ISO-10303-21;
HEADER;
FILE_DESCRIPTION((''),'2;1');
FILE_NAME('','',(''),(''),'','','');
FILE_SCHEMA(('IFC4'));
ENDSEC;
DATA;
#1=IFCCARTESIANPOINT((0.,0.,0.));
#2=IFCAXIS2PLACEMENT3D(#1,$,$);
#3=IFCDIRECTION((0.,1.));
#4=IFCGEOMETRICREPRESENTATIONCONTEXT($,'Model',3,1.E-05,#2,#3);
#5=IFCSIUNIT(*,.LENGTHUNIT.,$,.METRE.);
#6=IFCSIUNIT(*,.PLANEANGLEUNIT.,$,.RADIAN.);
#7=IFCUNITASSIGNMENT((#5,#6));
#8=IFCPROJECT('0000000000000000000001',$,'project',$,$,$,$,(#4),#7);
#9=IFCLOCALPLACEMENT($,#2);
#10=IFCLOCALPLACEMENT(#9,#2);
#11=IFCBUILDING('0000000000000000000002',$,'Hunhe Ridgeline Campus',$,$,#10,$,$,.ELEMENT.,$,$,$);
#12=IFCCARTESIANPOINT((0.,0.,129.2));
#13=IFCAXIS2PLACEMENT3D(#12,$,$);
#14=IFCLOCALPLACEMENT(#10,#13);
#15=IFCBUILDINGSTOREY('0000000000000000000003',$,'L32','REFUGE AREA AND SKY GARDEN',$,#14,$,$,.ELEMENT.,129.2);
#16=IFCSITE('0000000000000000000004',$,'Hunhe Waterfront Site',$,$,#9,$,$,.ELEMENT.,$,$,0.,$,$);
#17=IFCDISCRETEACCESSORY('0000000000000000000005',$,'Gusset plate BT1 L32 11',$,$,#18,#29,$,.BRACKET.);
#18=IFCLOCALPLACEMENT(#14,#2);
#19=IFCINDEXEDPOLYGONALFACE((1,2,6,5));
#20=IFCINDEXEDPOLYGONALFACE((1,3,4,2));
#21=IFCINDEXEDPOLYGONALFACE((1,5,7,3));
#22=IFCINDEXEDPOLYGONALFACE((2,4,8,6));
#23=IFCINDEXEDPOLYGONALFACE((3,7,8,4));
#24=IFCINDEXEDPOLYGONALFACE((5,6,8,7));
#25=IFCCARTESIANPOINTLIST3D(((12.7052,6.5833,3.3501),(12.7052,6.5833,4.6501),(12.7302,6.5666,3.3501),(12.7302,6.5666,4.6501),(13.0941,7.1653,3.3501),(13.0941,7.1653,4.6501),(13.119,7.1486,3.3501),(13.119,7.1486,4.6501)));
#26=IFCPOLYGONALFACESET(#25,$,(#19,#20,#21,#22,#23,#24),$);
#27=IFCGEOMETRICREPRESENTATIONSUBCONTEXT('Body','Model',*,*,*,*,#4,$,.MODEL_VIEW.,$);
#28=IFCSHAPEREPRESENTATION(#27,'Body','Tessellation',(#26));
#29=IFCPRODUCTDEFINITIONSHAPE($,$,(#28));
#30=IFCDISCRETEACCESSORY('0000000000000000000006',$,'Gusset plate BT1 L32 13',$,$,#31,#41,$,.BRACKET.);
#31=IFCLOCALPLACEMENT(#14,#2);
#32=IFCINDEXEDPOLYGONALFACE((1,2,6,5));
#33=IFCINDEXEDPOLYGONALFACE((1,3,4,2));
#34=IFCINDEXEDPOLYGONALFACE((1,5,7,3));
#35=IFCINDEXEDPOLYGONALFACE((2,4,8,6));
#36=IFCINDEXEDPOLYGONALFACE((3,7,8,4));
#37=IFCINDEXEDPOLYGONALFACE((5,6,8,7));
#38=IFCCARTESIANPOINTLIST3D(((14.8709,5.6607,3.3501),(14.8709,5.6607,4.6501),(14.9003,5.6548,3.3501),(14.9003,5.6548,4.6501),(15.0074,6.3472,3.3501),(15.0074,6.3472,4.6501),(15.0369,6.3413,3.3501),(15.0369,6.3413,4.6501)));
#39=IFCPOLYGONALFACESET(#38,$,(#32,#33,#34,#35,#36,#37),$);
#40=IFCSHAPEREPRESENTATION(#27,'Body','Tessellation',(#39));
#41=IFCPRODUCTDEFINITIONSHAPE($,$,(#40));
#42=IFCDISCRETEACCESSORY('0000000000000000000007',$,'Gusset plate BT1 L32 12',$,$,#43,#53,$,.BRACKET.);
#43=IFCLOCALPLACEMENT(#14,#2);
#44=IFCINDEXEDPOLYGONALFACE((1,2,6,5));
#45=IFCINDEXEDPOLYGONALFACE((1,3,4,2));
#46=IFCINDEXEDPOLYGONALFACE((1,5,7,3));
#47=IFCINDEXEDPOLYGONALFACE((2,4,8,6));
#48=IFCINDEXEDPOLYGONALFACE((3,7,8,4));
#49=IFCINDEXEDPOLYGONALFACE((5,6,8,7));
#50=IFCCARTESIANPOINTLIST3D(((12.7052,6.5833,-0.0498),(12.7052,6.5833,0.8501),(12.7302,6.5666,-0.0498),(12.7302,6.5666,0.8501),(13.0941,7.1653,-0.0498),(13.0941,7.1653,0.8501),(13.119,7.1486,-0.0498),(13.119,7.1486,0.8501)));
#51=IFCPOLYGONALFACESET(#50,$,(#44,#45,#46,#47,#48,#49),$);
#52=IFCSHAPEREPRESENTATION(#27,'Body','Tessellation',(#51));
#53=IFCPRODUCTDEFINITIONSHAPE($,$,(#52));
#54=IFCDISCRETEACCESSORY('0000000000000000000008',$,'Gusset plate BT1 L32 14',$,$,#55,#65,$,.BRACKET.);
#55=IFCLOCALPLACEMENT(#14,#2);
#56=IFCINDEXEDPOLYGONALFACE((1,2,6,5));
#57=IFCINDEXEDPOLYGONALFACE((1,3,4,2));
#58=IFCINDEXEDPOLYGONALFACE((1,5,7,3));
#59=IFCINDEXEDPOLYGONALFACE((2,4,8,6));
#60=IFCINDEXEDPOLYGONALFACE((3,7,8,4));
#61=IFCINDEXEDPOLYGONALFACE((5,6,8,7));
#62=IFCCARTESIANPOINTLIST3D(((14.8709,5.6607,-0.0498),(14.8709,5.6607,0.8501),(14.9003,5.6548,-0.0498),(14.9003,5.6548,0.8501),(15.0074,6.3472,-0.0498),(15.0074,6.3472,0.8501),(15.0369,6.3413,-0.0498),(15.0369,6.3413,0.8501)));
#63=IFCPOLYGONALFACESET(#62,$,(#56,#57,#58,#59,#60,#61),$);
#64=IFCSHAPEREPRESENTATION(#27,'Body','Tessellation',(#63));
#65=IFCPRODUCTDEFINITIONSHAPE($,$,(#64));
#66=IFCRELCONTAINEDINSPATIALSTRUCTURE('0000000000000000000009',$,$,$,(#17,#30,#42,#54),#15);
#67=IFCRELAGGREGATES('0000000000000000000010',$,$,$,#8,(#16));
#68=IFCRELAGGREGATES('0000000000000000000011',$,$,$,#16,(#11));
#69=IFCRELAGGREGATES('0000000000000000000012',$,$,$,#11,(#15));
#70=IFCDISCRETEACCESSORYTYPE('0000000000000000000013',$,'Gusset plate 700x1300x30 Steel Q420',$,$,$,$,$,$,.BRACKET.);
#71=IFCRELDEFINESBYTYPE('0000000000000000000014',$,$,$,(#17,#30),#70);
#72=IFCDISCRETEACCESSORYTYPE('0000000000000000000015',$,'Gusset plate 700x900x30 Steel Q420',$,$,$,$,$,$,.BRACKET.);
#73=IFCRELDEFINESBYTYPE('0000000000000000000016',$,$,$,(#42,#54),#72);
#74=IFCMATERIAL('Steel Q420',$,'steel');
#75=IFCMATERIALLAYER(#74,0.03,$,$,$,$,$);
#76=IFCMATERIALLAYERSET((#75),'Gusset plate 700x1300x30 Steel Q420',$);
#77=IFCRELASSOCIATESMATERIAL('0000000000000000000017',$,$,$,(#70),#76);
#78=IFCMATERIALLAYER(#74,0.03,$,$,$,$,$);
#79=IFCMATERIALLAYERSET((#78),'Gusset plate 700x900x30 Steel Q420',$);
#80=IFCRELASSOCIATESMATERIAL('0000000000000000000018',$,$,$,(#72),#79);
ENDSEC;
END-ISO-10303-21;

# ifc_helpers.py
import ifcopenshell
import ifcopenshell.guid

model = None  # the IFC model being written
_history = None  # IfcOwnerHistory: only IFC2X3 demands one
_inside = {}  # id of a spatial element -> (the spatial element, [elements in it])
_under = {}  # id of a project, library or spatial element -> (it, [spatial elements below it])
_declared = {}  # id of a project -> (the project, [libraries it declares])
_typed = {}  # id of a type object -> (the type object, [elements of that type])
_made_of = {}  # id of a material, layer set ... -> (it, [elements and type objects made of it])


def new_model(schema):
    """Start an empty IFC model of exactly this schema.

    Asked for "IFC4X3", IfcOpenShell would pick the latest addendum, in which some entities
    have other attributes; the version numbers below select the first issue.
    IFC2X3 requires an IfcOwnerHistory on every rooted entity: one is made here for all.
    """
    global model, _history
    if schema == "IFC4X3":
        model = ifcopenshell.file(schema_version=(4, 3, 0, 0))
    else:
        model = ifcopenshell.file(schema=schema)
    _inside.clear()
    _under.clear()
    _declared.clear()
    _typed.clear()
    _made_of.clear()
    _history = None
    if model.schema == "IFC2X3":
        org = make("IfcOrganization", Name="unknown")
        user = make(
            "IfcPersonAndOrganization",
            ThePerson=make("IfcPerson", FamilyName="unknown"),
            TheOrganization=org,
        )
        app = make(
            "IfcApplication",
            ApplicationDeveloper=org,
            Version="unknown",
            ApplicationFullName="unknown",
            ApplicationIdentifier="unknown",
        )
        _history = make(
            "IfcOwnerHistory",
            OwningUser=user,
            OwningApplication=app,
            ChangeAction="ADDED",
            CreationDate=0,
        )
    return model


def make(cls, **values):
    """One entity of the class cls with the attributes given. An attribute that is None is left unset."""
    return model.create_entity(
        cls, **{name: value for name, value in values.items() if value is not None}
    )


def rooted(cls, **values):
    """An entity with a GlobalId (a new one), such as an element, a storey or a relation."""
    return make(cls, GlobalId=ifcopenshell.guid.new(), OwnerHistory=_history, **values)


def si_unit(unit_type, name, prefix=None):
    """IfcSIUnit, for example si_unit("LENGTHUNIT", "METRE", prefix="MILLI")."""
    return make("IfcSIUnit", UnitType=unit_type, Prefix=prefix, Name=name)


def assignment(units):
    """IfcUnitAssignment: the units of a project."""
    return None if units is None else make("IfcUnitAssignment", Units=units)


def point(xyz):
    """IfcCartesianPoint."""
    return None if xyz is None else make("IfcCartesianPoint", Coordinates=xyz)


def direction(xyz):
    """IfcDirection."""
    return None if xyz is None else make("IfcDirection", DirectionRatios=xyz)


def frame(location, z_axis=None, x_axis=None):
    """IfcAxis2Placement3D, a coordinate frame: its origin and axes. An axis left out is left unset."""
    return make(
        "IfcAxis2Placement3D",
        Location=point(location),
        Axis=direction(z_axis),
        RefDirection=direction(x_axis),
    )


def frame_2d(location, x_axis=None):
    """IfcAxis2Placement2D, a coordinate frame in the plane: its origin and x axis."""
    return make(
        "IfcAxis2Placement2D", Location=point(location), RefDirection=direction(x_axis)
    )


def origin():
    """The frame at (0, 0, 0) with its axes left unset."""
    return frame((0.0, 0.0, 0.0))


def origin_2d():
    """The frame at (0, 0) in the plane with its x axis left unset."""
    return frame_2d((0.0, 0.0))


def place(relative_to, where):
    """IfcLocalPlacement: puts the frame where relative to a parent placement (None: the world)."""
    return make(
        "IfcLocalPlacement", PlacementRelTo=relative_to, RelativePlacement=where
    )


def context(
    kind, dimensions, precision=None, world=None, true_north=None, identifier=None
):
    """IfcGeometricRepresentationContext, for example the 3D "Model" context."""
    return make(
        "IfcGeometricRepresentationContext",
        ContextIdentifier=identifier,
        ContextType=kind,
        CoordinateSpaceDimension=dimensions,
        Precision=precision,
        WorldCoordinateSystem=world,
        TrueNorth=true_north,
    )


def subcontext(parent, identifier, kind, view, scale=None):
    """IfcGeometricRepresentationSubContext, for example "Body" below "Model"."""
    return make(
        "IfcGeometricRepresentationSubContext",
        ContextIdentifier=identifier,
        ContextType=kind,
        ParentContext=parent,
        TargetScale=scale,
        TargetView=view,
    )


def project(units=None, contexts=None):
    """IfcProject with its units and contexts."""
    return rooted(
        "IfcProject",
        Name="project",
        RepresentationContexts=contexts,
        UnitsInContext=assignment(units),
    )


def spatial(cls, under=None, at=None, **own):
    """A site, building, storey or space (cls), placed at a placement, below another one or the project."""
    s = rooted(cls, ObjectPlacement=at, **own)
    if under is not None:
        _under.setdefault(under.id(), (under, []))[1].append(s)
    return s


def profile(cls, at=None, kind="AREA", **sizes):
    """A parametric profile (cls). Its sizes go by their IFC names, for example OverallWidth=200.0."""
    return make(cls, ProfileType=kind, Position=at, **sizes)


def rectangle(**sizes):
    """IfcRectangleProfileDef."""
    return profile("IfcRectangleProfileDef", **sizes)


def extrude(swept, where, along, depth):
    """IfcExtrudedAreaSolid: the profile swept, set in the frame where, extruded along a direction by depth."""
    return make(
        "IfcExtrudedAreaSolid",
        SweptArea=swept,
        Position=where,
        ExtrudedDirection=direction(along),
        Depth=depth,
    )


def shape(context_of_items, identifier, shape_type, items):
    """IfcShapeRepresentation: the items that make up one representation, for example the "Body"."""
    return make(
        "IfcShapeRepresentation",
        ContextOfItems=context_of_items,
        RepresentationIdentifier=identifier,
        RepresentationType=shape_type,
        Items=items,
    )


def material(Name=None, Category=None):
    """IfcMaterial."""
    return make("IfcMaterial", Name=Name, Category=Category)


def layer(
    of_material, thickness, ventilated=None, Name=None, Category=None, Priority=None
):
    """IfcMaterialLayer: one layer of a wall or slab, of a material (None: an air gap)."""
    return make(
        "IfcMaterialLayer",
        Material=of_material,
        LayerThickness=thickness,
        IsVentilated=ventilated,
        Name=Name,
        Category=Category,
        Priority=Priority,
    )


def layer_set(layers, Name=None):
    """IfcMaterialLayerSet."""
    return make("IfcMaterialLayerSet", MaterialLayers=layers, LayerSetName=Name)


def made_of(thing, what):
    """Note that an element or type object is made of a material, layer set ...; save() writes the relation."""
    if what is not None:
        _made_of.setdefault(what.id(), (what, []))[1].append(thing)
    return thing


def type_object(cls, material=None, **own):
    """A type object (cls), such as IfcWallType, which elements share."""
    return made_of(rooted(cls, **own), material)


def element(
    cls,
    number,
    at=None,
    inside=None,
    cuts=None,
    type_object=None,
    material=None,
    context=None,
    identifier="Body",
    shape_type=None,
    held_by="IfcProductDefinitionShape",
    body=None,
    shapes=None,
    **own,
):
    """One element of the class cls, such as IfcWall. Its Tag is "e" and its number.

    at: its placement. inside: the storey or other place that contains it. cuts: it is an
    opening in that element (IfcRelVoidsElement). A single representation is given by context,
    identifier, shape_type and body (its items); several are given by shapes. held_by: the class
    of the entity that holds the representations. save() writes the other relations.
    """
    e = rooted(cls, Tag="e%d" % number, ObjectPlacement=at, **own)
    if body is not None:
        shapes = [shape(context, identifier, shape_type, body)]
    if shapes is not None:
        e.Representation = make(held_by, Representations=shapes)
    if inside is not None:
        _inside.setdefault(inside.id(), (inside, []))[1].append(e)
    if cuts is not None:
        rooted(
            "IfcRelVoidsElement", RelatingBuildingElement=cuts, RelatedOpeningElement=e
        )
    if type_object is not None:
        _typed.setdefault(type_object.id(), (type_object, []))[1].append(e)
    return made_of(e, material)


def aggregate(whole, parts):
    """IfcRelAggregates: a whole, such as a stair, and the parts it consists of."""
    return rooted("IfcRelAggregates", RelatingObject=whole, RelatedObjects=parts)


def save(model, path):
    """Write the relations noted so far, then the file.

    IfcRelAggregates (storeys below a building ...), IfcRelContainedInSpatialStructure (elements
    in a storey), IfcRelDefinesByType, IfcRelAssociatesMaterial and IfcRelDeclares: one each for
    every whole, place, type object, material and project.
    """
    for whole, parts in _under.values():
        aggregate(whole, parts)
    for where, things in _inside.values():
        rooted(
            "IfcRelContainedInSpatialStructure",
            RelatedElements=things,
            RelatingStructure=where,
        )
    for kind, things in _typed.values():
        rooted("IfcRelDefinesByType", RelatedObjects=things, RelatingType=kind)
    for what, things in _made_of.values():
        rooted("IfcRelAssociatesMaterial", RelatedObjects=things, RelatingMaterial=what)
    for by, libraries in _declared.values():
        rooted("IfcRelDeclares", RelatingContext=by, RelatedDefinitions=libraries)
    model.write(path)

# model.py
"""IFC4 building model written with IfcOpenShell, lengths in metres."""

from ifc_helpers import new_model, si_unit, direction, frame, origin, origin_2d, place, context, subcontext, project, spatial, rectangle, extrude, material, layer, layer_set, type_object, element, save


model = new_model("IFC4")

# Units and contexts
model_context = context("Model", 3, precision=1e-05, world=origin(), true_north=direction((0.0, 1.0)))
body_context = subcontext(model_context, "Body", "Model", "MODEL_VIEW")
ifc_project = project(units=[si_unit("LENGTHUNIT", "METRE"), si_unit("PLANEANGLEUNIT", "RADIAN")], contexts=[model_context])

# Site, building, storey
site_placement = place(None, origin())
site = spatial("IfcSite", under=ifc_project, at=site_placement, Name="Hunhe Waterfront Site", CompositionType="ELEMENT", RefElevation=0.0)
building_placement = place(site_placement, origin())
building = spatial("IfcBuilding", under=site, at=building_placement, Name="Hunhe Ridgeline Campus", CompositionType="ELEMENT")
storey_placement = place(building_placement, frame((0.0, 0.0, 129.2)))
storey = spatial("IfcBuildingStorey", under=building, at=storey_placement, Name="L32", Description="REFUGE AREA AND SKY GARDEN", CompositionType="ELEMENT", Elevation=129.2)

# Shared definitions
ifc_material_1 = material(Name="Steel Q420", Category="steel")

# Discrete accessories
ifc_layer_1 = layer(ifc_material_1, 0.03)
ifc_layer_set_1 = layer_set([ifc_layer_1], Name="Gusset plate 700x1300x30 Steel Q420")
discrete_accessory_type_1 = type_object("IfcDiscreteAccessoryType", Name="Gusset plate 700x1300x30 Steel Q420", PredefinedType="BRACKET", material=ifc_layer_set_1)
for number, where, z_axis, x_axis, name in (
    (1, (12.9121, 6.866, 3.3501), (0.0, 0.0, 1.0), (0.83147, -0.55557, 0.0), "Gusset plate BT1 L32 11"),
    (2, (14.9539, 6.001, 3.3501), (0.0, 0.0, 1.0), (-0.980785, 0.19509, 0.0), "Gusset plate BT1 L32 13"),
):
    element("IfcDiscreteAccessory", number, at=place(storey_placement, frame(where, z_axis=z_axis, x_axis=x_axis)), inside=storey, type_object=discrete_accessory_type_1, Name=name, PredefinedType="BRACKET", context=body_context, shape_type="SweptSolid", body=[
        extrude(rectangle(XDim=0.03, YDim=0.7, at=origin_2d()), origin(), (0.0, 0.0, 1.0), 1.3),
    ])
ifc_layer_2 = layer(ifc_material_1, 0.03)
ifc_layer_set_2 = layer_set([ifc_layer_2], Name="Gusset plate 700x900x30 Steel Q420")
discrete_accessory_type_2 = type_object("IfcDiscreteAccessoryType", Name="Gusset plate 700x900x30 Steel Q420", PredefinedType="BRACKET", material=ifc_layer_set_2)
for number, where, z_axis, x_axis, name in (
    (3, (12.9121, 6.866, -0.0498), (0.0, 0.0, 1.0), (0.83147, -0.55557, 0.0), "Gusset plate BT1 L32 12"),
    (4, (14.9539, 6.001, -0.0498), (0.0, 0.0, 1.0), (-0.980785, 0.19509, 0.0), "Gusset plate BT1 L32 14"),
):
    element("IfcDiscreteAccessory", number, at=place(storey_placement, frame(where, z_axis=z_axis, x_axis=x_axis)), inside=storey, type_object=discrete_accessory_type_2, Name=name, PredefinedType="BRACKET", context=body_context, shape_type="SweptSolid", body=[
        extrude(rectangle(XDim=0.03, YDim=0.7, at=origin_2d()), origin(), (0.0, 0.0, 1.0), 0.8999),
    ])

save(model, "model.ifc")
